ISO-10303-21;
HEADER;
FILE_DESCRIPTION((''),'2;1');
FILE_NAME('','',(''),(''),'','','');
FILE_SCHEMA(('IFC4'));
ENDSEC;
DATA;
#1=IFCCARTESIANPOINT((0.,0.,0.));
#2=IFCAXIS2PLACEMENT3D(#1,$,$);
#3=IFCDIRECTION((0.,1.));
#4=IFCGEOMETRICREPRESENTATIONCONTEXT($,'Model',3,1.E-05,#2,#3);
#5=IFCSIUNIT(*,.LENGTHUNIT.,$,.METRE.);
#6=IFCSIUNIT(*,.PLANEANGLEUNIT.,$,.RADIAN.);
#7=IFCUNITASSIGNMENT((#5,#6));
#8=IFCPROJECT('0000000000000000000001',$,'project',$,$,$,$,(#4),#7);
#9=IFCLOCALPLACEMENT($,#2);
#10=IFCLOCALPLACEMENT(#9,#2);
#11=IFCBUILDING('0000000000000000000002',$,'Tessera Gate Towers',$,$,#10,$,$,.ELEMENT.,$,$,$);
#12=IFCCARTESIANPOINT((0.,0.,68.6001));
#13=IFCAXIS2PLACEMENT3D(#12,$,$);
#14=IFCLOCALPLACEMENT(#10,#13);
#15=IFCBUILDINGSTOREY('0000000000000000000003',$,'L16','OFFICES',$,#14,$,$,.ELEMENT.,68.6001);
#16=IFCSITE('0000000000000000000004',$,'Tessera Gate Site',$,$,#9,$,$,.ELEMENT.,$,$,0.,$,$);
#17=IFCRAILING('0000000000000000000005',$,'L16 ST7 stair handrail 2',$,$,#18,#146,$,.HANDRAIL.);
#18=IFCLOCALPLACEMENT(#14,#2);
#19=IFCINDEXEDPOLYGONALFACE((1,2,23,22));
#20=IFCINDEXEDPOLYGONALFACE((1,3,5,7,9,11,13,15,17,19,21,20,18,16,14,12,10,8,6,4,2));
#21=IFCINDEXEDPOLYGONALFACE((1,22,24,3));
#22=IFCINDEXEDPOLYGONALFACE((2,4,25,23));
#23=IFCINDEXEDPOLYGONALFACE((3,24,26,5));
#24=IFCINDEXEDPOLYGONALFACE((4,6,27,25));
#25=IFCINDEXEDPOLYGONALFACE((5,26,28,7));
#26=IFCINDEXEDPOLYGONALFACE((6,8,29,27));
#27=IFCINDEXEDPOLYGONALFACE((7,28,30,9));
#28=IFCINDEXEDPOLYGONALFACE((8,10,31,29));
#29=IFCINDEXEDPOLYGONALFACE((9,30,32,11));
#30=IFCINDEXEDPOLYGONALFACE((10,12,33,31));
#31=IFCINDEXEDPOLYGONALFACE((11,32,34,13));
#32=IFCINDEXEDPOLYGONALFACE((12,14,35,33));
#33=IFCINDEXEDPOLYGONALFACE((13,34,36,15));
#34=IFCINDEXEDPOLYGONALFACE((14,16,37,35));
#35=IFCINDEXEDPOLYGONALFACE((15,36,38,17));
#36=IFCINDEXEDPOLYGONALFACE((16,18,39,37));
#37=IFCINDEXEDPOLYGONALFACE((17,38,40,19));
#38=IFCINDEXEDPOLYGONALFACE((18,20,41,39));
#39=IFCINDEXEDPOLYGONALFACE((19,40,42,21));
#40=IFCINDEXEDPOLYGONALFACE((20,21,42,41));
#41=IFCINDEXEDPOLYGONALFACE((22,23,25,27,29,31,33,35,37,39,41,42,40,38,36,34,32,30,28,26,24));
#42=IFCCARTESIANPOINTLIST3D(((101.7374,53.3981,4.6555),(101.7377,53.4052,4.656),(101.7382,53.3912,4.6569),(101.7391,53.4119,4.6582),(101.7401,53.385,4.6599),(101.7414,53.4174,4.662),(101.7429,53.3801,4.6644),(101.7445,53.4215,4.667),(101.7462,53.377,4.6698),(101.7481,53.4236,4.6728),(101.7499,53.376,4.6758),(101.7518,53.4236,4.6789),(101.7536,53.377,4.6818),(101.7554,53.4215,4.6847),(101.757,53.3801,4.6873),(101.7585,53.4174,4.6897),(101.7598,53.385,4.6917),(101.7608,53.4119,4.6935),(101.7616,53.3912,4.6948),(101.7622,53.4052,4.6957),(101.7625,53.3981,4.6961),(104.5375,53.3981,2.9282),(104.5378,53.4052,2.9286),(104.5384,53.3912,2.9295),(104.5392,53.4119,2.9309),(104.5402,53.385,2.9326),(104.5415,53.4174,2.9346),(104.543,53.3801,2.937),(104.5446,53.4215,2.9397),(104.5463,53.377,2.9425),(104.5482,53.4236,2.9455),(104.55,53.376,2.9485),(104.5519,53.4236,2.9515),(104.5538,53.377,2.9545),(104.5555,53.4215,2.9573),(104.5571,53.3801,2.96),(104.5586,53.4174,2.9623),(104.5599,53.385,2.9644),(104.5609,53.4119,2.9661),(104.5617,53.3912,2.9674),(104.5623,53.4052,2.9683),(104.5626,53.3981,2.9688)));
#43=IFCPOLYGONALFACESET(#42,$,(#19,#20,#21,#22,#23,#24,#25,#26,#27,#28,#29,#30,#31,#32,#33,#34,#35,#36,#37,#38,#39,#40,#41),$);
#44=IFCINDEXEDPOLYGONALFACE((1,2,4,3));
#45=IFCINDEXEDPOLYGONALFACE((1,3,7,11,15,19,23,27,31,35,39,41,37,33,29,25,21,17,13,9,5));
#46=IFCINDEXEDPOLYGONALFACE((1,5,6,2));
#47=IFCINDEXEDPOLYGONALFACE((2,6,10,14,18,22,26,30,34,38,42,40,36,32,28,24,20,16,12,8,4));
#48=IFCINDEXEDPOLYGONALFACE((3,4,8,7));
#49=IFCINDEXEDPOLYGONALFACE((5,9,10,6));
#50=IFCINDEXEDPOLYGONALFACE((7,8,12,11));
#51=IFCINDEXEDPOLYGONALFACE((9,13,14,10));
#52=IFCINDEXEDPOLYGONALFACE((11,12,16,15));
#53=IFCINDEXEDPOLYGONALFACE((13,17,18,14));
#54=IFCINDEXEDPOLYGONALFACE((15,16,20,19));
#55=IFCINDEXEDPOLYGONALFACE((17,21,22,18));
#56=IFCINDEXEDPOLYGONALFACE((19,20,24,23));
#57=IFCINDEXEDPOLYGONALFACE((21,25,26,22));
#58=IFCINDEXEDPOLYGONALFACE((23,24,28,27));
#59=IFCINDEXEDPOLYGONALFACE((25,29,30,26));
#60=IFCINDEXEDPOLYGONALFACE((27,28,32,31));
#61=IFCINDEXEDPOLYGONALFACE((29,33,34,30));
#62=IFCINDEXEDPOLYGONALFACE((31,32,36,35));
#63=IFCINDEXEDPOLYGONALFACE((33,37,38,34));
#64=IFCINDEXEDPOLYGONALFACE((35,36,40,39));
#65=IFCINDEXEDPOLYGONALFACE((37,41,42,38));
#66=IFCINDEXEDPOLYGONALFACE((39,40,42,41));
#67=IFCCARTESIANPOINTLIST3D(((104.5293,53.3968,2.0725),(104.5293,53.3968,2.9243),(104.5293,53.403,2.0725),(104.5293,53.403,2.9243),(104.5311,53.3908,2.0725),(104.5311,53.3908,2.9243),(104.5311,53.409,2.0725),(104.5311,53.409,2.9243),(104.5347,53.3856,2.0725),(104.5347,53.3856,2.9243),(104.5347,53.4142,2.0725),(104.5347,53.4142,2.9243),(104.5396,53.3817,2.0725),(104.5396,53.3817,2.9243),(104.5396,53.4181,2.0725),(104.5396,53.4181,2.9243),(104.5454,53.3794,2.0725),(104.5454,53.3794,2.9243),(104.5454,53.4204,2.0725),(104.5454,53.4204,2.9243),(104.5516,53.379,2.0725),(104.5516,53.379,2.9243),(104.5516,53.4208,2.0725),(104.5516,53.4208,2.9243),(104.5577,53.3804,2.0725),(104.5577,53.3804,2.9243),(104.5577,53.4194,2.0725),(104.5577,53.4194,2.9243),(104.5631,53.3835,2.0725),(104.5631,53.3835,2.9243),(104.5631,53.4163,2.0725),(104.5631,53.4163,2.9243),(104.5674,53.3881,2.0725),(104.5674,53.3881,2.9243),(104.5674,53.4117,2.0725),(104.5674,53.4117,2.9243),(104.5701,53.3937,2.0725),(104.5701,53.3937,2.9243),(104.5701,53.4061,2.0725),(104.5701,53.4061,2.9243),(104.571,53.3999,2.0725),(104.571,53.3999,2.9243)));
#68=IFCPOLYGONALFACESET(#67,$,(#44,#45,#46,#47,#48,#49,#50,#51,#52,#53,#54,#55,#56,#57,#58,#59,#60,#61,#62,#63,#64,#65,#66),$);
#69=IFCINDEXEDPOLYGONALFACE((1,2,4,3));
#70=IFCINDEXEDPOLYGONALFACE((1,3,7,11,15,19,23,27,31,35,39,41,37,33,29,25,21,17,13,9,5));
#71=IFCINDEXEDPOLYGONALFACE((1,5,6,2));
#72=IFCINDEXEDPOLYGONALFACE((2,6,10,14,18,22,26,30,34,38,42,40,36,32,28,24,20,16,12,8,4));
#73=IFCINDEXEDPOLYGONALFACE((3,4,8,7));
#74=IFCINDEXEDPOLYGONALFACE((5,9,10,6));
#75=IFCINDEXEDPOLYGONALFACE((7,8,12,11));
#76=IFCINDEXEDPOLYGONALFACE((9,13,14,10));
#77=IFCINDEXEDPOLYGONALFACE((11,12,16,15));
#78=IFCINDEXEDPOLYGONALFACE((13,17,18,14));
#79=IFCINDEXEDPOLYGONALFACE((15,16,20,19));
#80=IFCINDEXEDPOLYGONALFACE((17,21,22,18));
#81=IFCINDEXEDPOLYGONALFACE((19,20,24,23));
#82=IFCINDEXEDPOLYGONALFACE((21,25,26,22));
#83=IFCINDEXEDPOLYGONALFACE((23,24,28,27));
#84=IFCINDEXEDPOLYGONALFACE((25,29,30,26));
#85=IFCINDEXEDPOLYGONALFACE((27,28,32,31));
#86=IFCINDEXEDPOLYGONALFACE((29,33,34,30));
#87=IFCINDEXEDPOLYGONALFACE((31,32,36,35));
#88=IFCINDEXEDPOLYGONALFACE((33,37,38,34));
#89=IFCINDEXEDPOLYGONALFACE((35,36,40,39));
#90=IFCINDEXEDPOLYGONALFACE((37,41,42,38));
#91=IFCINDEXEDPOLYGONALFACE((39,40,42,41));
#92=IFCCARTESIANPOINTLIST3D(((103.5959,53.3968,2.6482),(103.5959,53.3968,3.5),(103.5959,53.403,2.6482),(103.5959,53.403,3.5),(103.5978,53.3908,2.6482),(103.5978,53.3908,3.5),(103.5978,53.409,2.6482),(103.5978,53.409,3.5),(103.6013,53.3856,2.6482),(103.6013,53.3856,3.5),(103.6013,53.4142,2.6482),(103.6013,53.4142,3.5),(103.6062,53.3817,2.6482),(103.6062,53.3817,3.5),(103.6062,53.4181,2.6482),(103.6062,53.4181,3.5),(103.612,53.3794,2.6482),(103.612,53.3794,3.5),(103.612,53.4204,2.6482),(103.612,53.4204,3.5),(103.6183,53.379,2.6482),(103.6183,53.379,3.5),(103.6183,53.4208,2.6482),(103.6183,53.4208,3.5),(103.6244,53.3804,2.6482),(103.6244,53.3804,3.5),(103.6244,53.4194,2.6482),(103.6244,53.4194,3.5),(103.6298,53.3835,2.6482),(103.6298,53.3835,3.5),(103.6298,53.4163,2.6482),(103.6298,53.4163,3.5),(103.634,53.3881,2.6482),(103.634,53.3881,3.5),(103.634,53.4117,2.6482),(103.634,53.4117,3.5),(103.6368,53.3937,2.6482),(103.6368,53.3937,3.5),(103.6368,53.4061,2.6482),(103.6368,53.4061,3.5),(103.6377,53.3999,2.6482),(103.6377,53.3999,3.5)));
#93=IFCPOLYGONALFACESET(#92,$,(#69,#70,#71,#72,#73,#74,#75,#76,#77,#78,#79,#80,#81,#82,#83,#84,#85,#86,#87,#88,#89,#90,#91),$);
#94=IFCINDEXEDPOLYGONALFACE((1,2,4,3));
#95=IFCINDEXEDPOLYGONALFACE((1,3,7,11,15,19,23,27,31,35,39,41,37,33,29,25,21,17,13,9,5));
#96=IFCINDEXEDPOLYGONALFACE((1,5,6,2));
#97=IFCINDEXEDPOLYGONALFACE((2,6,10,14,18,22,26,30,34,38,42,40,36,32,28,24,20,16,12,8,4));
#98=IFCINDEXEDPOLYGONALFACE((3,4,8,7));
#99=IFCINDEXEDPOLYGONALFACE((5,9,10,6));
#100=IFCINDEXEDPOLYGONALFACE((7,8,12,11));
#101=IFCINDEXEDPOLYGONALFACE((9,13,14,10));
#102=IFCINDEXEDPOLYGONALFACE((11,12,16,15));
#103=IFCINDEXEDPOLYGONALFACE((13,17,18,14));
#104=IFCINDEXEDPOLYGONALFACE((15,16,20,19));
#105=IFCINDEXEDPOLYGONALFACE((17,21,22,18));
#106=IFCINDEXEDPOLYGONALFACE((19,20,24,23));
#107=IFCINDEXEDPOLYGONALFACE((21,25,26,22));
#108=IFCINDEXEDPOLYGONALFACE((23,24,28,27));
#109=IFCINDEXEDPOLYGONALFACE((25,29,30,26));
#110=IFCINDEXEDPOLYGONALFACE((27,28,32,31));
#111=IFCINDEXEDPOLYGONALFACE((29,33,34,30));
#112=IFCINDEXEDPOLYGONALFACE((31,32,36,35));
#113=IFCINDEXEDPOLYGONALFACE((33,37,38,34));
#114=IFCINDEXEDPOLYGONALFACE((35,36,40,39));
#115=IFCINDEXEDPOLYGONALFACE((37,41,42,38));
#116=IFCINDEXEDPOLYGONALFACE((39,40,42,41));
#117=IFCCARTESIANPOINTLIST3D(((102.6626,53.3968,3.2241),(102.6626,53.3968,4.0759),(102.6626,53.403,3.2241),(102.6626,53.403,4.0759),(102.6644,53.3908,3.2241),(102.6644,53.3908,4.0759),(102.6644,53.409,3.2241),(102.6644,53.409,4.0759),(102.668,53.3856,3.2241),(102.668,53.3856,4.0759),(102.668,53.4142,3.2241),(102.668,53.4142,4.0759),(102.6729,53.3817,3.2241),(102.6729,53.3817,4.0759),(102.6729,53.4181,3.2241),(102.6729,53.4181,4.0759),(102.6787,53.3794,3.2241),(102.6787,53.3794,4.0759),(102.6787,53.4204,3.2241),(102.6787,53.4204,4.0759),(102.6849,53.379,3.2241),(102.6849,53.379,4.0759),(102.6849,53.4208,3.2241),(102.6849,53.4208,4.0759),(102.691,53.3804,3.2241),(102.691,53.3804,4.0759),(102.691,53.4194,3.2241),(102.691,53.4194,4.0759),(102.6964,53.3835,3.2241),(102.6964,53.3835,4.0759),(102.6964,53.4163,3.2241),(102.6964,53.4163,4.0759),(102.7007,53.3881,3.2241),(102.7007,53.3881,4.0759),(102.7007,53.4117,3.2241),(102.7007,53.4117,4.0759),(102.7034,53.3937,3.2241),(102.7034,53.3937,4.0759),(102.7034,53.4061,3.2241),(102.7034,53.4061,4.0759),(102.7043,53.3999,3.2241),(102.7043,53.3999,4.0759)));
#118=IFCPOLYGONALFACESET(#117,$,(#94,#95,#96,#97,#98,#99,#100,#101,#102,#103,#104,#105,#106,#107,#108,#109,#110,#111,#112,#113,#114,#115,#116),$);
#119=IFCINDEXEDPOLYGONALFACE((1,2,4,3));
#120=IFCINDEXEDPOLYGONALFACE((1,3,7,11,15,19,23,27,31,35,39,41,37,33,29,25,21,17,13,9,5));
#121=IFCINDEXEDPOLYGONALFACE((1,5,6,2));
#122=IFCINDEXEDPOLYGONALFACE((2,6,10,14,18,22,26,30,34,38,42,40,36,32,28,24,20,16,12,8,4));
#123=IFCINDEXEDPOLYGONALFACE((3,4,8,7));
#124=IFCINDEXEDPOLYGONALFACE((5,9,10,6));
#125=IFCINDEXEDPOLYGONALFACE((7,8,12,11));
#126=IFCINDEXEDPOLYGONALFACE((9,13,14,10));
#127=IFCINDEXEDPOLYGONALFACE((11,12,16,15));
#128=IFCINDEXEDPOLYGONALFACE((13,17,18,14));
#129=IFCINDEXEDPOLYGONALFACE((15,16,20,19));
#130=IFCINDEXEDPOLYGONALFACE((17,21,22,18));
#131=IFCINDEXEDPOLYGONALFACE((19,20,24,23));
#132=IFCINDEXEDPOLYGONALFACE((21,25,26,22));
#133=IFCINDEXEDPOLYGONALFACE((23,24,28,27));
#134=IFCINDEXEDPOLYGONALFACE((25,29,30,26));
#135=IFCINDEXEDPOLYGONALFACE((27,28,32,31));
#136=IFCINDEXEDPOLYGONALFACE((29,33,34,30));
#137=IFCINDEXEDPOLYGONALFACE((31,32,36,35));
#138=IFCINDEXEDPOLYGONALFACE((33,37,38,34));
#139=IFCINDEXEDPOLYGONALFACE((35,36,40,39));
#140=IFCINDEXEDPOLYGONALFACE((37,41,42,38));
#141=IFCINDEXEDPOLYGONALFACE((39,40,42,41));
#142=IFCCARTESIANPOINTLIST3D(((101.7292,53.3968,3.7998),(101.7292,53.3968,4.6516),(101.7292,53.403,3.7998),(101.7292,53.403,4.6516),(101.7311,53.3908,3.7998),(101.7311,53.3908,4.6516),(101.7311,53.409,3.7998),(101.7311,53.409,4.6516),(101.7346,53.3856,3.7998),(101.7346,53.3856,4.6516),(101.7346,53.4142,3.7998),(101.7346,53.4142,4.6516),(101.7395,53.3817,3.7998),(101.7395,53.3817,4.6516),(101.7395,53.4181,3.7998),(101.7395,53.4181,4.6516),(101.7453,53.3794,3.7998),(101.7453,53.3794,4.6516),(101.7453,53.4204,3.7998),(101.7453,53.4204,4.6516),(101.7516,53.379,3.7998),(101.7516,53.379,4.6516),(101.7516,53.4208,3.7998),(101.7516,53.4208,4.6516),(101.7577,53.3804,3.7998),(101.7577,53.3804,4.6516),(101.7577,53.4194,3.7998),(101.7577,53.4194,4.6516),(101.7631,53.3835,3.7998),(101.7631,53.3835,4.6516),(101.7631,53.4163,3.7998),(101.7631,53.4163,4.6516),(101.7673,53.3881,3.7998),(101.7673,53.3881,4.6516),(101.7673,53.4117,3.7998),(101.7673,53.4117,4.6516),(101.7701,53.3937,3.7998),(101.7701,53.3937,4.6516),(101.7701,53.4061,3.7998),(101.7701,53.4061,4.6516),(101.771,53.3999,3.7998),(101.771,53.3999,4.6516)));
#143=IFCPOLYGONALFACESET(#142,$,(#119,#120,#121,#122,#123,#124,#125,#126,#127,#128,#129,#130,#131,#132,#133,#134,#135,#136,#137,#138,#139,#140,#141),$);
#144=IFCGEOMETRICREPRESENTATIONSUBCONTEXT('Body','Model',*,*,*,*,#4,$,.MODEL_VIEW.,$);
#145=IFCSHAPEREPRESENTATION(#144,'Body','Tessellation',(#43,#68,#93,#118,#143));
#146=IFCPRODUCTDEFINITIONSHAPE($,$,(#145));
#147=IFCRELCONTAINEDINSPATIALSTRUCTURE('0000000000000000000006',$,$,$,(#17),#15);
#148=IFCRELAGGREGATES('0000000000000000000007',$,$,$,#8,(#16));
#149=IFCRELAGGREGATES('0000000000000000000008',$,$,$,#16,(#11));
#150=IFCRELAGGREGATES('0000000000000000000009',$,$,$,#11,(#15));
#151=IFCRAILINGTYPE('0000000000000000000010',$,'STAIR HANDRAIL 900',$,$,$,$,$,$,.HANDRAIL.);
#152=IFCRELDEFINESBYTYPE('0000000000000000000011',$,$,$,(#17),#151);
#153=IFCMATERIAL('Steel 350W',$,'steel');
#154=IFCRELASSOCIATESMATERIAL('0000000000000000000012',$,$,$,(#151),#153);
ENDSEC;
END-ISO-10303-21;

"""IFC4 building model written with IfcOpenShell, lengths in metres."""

from ifc_helpers import new_model, si_unit, direction, frame, origin, origin_2d, place, context, subcontext, project, spatial, circle, extrude, material, type_object, element, save


model = new_model("IFC4")

# Units and contexts
model_context = context("Model", 3, precision=1e-05, world=origin(), true_north=direction((0.0, 1.0)))
body_context = subcontext(model_context, "Body", "Model", "MODEL_VIEW")
ifc_project = project(units=[si_unit("LENGTHUNIT", "METRE"), si_unit("PLANEANGLEUNIT", "RADIAN")], contexts=[model_context])

# Site, building, storey
site_placement = place(None, origin())
site = spatial("IfcSite", under=ifc_project, at=site_placement, Name="Tessera Gate Site", CompositionType="ELEMENT", RefElevation=0.0)
building_placement = place(site_placement, origin())
building = spatial("IfcBuilding", under=site, at=building_placement, Name="Tessera Gate Towers", CompositionType="ELEMENT")
storey_placement = place(building_placement, frame((0.0, 0.0, 68.6001)))
storey = spatial("IfcBuildingStorey", under=building, at=storey_placement, Name="L16", Description="OFFICES", CompositionType="ELEMENT", Elevation=68.6001)

# Railing
ifc_material_1 = material(Name="Steel 350W", Category="steel")
railing_type_1 = type_object("IfcRailingType", Name="STAIR HANDRAIL 900", PredefinedType="HANDRAIL", material=ifc_material_1)
railing_1_placement = place(storey_placement, frame((104.55, 53.3999, 2.0725)))
element("IfcRailing", 1, at=railing_1_placement, inside=storey, type_object=railing_type_1, Name="L16 ST7 stair handrail 2", PredefinedType="HANDRAIL", context=body_context, shape_type="SweptSolid", body=[
    extrude(circle(Radius=0.0239, at=origin_2d()), frame((0.0, 0.0, 0.876), z_axis=(-0.85109, 0.0, 0.52502), x_axis=(0.0, -1.0, 0.0)), (0.0, 0.0, 1.0), 3.29),
    extrude(circle(Radius=0.021, at=origin_2d()), origin(), (0.0, 0.0, 1.0), 0.8518),
    extrude(circle(Radius=0.021, at=origin_2d()), frame((-0.9333, 0.0, 0.5757)), (0.0, 0.0, 1.0), 0.8518),
    extrude(circle(Radius=0.021, at=origin_2d()), frame((-1.8667, 0.0, 1.1516)), (0.0, 0.0, 1.0), 0.8518),
    extrude(circle(Radius=0.021, at=origin_2d()), frame((-2.8, 0.0, 1.7273)), (0.0, 0.0, 1.0), 0.8518),
])

save(model, "model.ifc")
